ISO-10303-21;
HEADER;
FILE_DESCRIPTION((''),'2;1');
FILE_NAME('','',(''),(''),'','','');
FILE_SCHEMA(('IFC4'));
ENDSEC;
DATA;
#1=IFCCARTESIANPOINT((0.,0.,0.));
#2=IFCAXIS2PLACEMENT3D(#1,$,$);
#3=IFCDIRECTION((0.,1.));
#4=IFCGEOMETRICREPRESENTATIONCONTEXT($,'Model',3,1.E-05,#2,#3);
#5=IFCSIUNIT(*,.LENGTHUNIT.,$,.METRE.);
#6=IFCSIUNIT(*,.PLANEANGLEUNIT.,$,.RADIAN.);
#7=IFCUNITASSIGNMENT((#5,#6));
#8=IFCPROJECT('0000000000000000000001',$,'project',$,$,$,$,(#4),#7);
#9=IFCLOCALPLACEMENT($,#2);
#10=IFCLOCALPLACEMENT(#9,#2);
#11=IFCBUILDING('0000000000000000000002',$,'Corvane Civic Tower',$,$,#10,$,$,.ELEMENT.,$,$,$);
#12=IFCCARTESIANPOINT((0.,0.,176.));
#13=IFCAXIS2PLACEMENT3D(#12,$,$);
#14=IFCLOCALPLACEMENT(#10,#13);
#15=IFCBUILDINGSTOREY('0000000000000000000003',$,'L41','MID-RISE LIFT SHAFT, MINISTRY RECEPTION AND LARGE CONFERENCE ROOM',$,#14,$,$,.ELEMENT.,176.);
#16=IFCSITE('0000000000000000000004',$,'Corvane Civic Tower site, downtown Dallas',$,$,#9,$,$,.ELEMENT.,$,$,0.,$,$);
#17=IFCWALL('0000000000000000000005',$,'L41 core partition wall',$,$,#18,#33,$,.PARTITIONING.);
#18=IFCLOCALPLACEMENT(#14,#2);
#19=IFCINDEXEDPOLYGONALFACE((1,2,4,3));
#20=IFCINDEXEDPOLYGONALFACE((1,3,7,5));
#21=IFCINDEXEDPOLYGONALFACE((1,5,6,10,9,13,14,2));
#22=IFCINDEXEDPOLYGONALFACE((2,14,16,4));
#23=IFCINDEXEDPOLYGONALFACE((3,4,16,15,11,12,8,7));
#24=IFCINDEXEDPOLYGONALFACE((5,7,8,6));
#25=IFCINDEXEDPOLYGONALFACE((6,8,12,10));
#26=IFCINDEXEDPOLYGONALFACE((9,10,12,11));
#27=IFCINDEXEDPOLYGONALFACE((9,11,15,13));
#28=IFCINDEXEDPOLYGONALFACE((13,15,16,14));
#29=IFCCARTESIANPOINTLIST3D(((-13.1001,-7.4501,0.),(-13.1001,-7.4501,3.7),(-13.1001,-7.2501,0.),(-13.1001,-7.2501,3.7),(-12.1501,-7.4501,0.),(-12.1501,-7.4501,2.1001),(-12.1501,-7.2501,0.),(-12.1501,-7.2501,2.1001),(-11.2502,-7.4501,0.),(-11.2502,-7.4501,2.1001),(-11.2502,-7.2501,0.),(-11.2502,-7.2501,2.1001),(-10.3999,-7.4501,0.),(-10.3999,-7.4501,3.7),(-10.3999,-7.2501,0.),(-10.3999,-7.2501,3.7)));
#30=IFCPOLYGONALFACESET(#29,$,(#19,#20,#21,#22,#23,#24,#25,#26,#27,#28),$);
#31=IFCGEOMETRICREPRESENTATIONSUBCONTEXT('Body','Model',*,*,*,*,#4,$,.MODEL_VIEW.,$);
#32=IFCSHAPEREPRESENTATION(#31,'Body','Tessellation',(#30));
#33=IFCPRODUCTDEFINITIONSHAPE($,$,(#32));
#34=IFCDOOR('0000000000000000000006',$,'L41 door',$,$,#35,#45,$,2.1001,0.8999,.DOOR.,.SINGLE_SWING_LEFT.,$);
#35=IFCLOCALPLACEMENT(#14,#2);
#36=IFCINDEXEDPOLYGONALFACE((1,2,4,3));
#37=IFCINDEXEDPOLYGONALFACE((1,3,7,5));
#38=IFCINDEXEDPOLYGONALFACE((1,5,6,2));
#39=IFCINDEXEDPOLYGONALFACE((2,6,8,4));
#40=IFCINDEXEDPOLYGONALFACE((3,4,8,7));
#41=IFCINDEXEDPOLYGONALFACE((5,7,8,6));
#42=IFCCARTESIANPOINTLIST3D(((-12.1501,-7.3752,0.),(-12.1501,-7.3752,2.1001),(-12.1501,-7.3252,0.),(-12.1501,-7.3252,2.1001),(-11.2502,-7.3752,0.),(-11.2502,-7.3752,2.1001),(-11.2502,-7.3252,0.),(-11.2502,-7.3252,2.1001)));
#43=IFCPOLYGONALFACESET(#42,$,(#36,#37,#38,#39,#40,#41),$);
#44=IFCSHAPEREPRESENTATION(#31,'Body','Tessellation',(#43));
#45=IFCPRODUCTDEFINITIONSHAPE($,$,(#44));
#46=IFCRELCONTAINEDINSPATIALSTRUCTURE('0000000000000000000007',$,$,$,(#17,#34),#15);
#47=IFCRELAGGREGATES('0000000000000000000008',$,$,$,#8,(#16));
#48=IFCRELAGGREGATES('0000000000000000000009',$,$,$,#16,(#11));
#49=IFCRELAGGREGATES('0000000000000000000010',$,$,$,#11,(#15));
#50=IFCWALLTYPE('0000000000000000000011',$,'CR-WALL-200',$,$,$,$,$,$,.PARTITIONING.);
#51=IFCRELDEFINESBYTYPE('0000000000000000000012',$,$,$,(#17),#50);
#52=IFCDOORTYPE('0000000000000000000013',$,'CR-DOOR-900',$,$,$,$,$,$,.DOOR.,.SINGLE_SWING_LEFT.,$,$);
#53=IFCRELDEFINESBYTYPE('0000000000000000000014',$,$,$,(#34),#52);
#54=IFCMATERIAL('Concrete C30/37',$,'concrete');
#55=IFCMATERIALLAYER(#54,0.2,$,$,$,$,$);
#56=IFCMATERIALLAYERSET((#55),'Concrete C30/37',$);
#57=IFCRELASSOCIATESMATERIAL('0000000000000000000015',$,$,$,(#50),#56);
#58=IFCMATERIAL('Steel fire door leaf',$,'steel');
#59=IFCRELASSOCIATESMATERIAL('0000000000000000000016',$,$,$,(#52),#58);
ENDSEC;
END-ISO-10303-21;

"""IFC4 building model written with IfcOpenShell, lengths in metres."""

from ifc_helpers import new_model, si_unit, direction, frame, frame_2d, origin, place, context, subcontext, project, spatial, rectangle, extrude, material, layer, layer_set, type_object, element, fill, save


model = new_model("IFC4")

# Units and contexts
model_context = context("Model", 3, precision=1e-05, world=origin(), true_north=direction((0.0, 1.0)))
body_context = subcontext(model_context, "Body", "Model", "MODEL_VIEW")
ifc_project = project(units=[si_unit("LENGTHUNIT", "METRE"), si_unit("PLANEANGLEUNIT", "RADIAN")], contexts=[model_context])

# Site, building, storey
site_placement = place(None, origin())
site = spatial("IfcSite", under=ifc_project, at=site_placement, Name="Corvane Civic Tower site, downtown Dallas", CompositionType="ELEMENT", RefElevation=0.0)
building_placement = place(site_placement, origin())
building = spatial("IfcBuilding", under=site, at=building_placement, Name="Corvane Civic Tower", CompositionType="ELEMENT")
storey_placement = place(building_placement, frame((0.0, 0.0, 176.0)))
storey = spatial("IfcBuildingStorey", under=building, at=storey_placement, Name="L41", Description="MID-RISE LIFT SHAFT, MINISTRY RECEPTION AND LARGE CONFERENCE ROOM", CompositionType="ELEMENT", Elevation=176.0)

# Wall, opening, door
ifc_material_1 = material(Name="Concrete C30/37", Category="concrete")
ifc_layer_1 = layer(ifc_material_1, 0.2)
ifc_layer_set_1 = layer_set([ifc_layer_1], Name="Concrete C30/37")
wall_type_1 = type_object("IfcWallType", Name="CR-WALL-200", PredefinedType="PARTITIONING", material=ifc_layer_set_1)
wall_1_placement = place(storey_placement, frame((-13.1001, -7.3501, 0.0), z_axis=(0.0, 0.0, 1.0), x_axis=(1.0, 0.0, 0.0)))
wall_1 = element("IfcWall", 1, at=wall_1_placement, inside=storey, type_object=wall_type_1, Name="L41 core partition wall", PredefinedType="PARTITIONING", context=body_context, shape_type="SweptSolid", body=[
    extrude(rectangle(XDim=2.7002, YDim=0.2, at=frame_2d((1.3501, 0.0))), origin(), (0.0, 0.0, 1.0), 3.7),
])
opening_1_placement = place(wall_1_placement, frame((0.95, 0.0, 0.0)))
opening_1 = element("IfcOpeningElement", 2, at=opening_1_placement, cuts=wall_1, PredefinedType="OPENING", context=body_context, shape_type="SweptSolid", body=[
    extrude(rectangle(XDim=0.8999, YDim=2.1001, at=frame_2d((0.45, 1.05))), frame((0.0, 0.1099, 0.0), z_axis=(0.0, -1.0, 0.0), x_axis=(1.0, 0.0, 0.0)), (0.0, 0.0, 1.0), 0.22),
])
ifc_material_2 = material(Name="Steel fire door leaf", Category="steel")
door_type_1 = type_object("IfcDoorType", Name="CR-DOOR-900", OperationType="SINGLE_SWING_LEFT", PredefinedType="DOOR", material=ifc_material_2)
door_1_placement = place(opening_1_placement, origin())
door_1 = element("IfcDoor", 3, at=door_1_placement, inside=storey, type_object=door_type_1, Name="L41 door", OperationType="SINGLE_SWING_LEFT", OverallHeight=2.1001, OverallWidth=0.8999, PredefinedType="DOOR", context=body_context, shape_type="SweptSolid", body=[
    extrude(rectangle(XDim=0.8999, YDim=2.1001, at=frame_2d((0.45, 1.05))), frame((0.0, 0.0249, 0.0), z_axis=(0.0, -1.0, 0.0), x_axis=(1.0, 0.0, 0.0)), (0.0, 0.0, 1.0), 0.05),
])
fill(opening_1, door_1)

save(model, "model.ifc")
